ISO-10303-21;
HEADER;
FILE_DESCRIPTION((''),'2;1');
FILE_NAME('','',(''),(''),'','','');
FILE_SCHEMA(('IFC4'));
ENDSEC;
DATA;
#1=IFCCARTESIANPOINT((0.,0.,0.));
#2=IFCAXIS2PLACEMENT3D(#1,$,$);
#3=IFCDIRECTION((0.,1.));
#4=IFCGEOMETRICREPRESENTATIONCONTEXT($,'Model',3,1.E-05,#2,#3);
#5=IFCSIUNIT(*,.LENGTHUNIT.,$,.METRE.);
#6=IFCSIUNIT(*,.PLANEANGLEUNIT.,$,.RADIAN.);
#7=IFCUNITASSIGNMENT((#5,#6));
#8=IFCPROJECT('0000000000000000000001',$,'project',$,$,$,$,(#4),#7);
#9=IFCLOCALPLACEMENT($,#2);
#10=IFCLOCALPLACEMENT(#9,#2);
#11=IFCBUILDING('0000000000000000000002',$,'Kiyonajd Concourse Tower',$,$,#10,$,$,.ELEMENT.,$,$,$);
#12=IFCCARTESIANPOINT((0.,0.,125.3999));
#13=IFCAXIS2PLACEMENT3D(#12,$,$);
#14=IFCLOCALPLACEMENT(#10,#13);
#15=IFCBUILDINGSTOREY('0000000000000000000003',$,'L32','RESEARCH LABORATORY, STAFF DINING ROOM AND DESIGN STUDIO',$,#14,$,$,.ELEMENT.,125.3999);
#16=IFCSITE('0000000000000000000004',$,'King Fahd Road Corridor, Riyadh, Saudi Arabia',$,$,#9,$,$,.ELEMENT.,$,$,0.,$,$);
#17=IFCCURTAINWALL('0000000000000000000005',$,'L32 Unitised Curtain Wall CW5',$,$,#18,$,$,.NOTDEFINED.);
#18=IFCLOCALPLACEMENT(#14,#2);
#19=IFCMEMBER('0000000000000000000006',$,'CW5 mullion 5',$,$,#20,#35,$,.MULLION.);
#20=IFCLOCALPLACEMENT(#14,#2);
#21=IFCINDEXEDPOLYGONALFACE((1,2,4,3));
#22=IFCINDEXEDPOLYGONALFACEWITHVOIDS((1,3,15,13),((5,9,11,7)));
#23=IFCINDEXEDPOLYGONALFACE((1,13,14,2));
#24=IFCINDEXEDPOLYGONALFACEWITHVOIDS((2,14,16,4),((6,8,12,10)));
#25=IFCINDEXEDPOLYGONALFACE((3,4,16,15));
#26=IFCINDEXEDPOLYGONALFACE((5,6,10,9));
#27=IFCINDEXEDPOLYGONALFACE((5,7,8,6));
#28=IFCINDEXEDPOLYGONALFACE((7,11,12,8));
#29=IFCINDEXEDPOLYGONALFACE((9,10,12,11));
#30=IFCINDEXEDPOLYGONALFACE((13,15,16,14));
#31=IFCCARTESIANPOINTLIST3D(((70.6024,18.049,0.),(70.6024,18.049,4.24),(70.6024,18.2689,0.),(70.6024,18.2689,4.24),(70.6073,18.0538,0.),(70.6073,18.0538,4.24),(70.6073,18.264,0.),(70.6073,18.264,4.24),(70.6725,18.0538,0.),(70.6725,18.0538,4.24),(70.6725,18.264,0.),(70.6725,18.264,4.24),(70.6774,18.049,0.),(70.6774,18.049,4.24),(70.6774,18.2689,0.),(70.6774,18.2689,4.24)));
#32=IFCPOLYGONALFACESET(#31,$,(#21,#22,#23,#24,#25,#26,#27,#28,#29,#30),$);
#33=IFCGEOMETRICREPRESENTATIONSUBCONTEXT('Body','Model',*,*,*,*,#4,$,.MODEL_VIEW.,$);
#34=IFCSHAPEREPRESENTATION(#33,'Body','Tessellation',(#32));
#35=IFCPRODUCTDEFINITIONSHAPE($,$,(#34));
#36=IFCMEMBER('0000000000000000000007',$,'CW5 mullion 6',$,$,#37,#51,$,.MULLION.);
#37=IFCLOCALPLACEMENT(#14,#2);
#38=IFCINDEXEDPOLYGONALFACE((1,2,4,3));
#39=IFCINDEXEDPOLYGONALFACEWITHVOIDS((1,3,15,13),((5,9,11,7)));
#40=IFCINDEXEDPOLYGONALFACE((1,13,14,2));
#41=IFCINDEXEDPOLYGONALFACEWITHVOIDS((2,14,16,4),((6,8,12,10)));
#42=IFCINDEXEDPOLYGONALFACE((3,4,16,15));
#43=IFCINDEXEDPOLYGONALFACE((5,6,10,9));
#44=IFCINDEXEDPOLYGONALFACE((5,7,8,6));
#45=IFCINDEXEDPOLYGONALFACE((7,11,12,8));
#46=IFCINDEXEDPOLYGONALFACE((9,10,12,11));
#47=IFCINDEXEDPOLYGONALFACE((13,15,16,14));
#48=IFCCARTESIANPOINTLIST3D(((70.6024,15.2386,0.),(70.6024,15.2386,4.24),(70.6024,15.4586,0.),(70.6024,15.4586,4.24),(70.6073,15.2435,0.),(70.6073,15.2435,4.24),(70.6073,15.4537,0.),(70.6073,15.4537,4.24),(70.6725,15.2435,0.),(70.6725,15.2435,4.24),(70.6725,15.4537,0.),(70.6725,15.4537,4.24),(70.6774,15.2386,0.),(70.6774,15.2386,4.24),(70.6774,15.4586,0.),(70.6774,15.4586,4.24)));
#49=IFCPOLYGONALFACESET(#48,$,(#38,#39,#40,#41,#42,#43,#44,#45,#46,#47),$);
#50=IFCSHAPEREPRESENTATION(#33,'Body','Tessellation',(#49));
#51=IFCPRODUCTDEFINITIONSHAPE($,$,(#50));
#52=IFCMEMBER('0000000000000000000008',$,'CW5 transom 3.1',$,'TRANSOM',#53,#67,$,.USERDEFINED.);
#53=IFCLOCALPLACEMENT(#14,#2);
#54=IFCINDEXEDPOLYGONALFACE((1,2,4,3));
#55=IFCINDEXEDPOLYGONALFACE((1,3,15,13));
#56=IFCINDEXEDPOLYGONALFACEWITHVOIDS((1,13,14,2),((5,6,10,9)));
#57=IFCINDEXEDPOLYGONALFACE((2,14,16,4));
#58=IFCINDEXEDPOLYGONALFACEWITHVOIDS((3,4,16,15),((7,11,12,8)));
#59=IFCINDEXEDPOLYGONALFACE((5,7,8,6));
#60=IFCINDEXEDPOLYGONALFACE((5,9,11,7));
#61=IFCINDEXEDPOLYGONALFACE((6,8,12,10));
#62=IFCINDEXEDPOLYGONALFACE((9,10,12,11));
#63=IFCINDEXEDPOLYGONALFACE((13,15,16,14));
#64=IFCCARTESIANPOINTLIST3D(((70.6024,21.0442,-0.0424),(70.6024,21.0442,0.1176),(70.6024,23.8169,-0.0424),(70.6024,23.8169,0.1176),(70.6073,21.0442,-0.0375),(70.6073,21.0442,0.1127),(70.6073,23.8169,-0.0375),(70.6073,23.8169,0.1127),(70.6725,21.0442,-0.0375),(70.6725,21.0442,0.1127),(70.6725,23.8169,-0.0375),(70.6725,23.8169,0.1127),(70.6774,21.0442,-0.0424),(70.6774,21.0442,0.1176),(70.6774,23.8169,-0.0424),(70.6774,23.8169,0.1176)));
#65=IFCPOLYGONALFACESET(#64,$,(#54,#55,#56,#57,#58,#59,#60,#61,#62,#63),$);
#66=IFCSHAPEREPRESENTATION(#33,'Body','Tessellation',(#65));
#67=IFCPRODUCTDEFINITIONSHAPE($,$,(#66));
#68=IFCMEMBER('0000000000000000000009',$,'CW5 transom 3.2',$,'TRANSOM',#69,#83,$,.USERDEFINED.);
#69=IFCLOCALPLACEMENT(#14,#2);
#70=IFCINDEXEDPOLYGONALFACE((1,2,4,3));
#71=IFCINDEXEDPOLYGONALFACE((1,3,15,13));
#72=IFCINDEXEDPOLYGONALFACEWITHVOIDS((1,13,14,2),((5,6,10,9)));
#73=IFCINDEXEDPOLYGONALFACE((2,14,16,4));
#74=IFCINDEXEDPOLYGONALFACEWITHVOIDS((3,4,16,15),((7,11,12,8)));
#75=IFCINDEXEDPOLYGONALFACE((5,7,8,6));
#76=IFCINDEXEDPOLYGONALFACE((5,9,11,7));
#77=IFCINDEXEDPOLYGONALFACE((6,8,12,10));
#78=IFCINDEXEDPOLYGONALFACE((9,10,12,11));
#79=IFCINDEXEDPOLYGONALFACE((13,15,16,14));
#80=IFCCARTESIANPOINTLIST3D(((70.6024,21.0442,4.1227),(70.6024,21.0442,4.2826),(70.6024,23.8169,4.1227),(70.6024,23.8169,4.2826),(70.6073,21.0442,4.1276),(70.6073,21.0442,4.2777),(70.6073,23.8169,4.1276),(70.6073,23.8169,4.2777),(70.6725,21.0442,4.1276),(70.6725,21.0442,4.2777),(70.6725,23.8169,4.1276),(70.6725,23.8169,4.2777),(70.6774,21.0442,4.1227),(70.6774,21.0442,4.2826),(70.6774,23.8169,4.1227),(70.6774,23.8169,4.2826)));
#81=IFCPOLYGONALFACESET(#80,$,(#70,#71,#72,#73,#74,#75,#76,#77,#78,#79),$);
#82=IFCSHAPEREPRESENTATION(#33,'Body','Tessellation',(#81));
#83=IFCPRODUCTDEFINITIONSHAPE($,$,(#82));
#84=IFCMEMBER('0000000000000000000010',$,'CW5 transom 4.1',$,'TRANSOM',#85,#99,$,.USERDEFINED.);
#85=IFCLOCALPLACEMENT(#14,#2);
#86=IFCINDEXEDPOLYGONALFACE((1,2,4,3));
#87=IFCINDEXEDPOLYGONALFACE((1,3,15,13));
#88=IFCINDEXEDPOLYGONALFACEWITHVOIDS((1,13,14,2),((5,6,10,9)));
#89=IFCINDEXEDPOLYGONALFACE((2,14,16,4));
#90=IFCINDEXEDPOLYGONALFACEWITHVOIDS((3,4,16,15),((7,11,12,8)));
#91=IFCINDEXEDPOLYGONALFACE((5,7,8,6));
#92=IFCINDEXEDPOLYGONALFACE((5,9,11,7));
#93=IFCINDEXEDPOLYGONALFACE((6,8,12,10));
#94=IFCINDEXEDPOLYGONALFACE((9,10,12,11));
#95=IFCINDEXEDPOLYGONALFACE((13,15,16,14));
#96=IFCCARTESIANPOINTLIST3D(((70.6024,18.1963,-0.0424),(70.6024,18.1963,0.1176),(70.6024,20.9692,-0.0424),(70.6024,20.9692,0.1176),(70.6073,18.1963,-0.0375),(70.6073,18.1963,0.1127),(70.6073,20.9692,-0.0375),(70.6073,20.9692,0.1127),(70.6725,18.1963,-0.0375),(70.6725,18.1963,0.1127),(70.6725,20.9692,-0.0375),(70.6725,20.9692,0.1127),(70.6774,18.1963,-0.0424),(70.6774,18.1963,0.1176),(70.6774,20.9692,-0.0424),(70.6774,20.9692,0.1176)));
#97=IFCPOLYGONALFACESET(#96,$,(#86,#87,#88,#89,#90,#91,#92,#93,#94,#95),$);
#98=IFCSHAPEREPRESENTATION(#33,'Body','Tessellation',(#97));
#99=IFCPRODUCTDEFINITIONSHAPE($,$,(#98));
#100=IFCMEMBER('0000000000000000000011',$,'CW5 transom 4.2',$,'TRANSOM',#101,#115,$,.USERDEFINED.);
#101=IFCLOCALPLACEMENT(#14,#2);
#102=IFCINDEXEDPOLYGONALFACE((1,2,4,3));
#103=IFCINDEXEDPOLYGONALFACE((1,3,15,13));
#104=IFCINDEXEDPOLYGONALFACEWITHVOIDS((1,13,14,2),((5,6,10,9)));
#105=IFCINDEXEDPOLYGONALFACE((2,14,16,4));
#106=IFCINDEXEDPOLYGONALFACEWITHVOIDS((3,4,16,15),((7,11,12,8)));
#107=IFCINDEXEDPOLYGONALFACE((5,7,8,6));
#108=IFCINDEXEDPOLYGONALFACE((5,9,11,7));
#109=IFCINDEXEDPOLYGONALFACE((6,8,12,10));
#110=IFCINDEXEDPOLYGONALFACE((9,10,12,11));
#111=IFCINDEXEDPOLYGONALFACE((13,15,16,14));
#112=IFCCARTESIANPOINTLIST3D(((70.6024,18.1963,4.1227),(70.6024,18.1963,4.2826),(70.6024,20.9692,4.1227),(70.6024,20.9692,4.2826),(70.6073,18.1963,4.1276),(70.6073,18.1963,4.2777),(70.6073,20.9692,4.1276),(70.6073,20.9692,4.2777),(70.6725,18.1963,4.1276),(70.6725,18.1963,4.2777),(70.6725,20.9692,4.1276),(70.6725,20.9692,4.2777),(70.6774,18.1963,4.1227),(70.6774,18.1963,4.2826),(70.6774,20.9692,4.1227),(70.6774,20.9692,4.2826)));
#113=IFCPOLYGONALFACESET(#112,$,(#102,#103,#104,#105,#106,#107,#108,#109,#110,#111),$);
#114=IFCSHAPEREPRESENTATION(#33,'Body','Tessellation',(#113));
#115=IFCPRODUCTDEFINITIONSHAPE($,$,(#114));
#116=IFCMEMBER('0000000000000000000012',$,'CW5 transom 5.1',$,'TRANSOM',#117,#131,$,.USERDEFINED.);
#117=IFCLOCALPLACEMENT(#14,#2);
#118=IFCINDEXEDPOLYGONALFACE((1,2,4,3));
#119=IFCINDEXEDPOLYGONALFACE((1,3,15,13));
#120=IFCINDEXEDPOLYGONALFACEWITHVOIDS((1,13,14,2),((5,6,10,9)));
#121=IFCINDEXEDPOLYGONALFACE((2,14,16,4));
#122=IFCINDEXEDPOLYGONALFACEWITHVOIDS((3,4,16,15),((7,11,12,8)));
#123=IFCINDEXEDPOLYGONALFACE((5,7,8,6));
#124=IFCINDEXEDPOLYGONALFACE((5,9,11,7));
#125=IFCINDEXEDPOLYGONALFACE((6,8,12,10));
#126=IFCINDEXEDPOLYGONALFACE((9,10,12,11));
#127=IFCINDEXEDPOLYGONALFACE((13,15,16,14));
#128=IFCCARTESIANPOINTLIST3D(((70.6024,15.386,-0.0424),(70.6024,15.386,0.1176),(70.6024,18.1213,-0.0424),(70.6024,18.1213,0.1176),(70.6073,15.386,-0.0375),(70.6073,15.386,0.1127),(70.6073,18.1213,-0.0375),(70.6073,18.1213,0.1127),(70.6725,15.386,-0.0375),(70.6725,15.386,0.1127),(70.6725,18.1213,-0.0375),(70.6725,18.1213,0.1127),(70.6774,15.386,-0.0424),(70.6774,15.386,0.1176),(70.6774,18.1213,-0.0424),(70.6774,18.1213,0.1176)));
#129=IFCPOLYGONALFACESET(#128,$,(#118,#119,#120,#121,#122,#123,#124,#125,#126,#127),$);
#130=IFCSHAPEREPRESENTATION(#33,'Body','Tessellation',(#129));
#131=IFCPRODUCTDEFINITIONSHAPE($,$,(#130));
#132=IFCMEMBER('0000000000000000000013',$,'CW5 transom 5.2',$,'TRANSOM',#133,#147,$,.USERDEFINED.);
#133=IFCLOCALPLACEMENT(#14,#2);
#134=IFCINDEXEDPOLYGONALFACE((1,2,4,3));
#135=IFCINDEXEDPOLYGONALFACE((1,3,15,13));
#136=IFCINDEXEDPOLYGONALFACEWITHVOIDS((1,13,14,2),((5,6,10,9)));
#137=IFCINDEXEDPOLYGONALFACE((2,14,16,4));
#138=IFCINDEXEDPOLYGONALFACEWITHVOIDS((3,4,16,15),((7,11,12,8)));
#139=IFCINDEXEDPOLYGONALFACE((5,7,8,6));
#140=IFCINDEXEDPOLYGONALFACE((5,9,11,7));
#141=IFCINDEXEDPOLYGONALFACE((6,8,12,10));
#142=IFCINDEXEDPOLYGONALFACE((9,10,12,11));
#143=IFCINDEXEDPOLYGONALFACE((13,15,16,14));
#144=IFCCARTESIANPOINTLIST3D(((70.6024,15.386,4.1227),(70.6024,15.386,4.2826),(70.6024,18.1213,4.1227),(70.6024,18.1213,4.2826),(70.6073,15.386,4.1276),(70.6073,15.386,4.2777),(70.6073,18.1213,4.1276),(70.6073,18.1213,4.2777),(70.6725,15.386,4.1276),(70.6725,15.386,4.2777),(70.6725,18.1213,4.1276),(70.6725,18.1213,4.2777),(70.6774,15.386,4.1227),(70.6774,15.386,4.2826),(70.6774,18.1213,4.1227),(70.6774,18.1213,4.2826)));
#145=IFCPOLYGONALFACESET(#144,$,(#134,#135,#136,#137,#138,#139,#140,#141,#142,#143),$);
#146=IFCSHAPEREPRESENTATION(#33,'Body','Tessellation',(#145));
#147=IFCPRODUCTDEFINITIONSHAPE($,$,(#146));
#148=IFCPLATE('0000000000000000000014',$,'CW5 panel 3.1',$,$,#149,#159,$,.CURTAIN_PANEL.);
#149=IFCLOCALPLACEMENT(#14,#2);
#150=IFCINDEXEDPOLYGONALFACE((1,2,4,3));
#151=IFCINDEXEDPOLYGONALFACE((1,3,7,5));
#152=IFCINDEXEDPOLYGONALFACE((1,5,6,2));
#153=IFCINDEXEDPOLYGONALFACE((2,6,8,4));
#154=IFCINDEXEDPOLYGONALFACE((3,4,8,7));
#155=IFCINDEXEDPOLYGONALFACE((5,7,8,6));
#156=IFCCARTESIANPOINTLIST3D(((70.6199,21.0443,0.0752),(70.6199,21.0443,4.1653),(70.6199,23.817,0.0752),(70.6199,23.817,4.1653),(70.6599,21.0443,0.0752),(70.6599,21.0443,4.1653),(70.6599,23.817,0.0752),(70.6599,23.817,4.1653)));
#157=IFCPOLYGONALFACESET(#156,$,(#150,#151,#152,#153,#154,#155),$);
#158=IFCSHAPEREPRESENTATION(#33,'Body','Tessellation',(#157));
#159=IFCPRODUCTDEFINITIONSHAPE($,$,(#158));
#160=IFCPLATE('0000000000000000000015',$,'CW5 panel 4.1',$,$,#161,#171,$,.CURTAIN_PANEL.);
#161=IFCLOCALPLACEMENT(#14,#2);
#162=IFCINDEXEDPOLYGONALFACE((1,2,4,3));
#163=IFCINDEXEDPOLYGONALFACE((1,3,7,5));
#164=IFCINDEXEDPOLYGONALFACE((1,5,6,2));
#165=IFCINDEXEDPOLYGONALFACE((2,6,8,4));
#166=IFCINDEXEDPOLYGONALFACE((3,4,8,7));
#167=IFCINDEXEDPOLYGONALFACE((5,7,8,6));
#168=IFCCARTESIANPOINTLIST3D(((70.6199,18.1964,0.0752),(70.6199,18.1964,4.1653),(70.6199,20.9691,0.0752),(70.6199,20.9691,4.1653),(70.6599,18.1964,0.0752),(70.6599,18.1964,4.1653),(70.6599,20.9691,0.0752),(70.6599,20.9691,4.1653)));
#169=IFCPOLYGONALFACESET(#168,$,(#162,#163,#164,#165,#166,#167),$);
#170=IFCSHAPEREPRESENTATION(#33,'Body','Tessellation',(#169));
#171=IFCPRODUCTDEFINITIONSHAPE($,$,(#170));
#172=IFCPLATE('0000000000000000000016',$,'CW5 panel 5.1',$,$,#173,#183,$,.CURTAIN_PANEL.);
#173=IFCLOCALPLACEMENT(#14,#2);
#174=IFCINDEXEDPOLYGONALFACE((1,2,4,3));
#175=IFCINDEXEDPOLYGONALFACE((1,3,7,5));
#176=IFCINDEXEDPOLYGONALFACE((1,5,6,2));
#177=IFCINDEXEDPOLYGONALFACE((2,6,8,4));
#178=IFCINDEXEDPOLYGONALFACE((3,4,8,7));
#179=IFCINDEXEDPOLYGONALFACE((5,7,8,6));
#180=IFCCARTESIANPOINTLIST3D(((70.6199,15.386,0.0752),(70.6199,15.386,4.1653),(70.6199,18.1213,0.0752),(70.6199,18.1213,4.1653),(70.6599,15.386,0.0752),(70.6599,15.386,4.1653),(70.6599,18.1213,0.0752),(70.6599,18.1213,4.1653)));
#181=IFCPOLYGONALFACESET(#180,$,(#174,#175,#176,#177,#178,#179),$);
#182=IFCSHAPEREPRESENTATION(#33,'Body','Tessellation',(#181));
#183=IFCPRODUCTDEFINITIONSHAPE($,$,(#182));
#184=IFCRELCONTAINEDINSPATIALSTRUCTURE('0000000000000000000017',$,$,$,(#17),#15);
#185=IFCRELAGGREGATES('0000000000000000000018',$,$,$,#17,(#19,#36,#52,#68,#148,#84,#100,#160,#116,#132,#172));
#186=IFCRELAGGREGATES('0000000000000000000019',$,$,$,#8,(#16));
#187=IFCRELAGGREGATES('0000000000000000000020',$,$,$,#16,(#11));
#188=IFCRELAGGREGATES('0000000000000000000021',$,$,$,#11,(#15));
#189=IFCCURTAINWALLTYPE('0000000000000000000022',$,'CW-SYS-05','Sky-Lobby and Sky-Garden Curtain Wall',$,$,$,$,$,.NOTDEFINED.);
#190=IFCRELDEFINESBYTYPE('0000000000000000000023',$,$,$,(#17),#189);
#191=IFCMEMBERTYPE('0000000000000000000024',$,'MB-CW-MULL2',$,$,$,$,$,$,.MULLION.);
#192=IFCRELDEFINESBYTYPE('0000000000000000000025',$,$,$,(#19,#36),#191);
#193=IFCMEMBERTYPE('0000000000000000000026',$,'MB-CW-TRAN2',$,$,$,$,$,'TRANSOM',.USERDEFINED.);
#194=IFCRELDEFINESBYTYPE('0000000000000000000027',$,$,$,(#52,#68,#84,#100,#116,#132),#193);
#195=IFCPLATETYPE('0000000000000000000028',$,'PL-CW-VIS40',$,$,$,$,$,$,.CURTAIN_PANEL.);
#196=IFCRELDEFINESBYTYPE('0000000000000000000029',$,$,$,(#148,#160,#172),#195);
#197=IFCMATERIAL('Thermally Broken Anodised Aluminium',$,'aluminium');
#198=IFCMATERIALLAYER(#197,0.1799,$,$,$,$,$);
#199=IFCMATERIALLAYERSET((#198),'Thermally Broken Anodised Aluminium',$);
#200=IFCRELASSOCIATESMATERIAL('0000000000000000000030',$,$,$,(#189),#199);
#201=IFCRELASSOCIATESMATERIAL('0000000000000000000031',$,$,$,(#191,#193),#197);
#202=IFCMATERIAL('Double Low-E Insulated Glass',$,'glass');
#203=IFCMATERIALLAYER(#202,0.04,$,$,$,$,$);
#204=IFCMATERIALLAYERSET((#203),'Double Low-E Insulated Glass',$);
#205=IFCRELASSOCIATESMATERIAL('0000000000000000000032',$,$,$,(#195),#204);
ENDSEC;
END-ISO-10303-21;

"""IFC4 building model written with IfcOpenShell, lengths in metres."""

from ifc_helpers import new_model, si_unit, direction, frame, origin, origin_2d, place, context, subcontext, project, spatial, rectangle, hollow_rectangle, extrude, material, layer, layer_set, material_profile, profile_set, type_object, element, aggregate, save


model = new_model("IFC4")

# Units and contexts
model_context = context("Model", 3, precision=1e-05, world=origin(), true_north=direction((0.0, 1.0)))
body_context = subcontext(model_context, "Body", "Model", "MODEL_VIEW")
ifc_project = project(units=[si_unit("LENGTHUNIT", "METRE"), si_unit("PLANEANGLEUNIT", "RADIAN")], contexts=[model_context])

# Site, building, storey
site_placement = place(None, origin())
site = spatial("IfcSite", under=ifc_project, at=site_placement, Name="King Fahd Road Corridor, Riyadh, Saudi Arabia", CompositionType="ELEMENT", RefElevation=0.0)
building_placement = place(site_placement, origin())
building = spatial("IfcBuilding", under=site, at=building_placement, Name="Kiyonajd Concourse Tower", CompositionType="ELEMENT")
storey_placement = place(building_placement, frame((0.0, 0.0, 125.3999)))
storey = spatial("IfcBuildingStorey", under=building, at=storey_placement, Name="L32", Description="RESEARCH LABORATORY, STAFF DINING ROOM AND DESIGN STUDIO", CompositionType="ELEMENT", Elevation=125.3999)

# Curtain wall, members, plates
ifc_material_1 = material(Name="Thermally Broken Anodised Aluminium", Category="aluminium")
ifc_layer_1 = layer(ifc_material_1, 0.1799)
ifc_layer_set_1 = layer_set([ifc_layer_1], Name="Thermally Broken Anodised Aluminium")
curtain_wall_type = type_object("IfcCurtainWallType", Name="CW-SYS-05", Description="Sky-Lobby and Sky-Garden Curtain Wall", PredefinedType="NOTDEFINED", material=ifc_layer_set_1)
curtain_wall_placement = place(storey_placement, origin())
curtain_wall = element("IfcCurtainWall", 1, at=curtain_wall_placement, inside=storey, type_object=curtain_wall_type, Name="L32 Unitised Curtain Wall CW5", PredefinedType="NOTDEFINED")
ifc_material_profile_1 = material_profile(ifc_material_1, hollow_rectangle(XDim=0.075, YDim=0.22, WallThickness=0.0049, at=origin_2d()), Name="MULL-75x220")
ifc_profile_set_1 = profile_set([ifc_material_profile_1], Name="Thermally Broken Anodised Aluminium")
member_type_1 = type_object("IfcMemberType", Name="MB-CW-MULL2", PredefinedType="MULLION", material=ifc_profile_set_1)
member_1_placement = place(storey_placement, frame((70.6399, 18.1589, 0.0), z_axis=(0.0, 0.0, 1.0), x_axis=(1.0, 0.0, 0.0)))
member_1 = element("IfcMember", 2, at=member_1_placement, type_object=member_type_1, Name="CW5 mullion 5", PredefinedType="MULLION", context=body_context, shape_type="SweptSolid", body=[
    extrude(hollow_rectangle(XDim=0.075, YDim=0.22, WallThickness=0.0049, at=origin_2d()), origin(), (0.0, 0.0, 1.0), 4.24),
])
member_2_placement = place(storey_placement, frame((70.6399, 15.3486, 0.0), z_axis=(0.0, 0.0, 1.0), x_axis=(1.0, 0.0, 0.0)))
member_2 = element("IfcMember", 3, at=member_2_placement, type_object=member_type_1, Name="CW5 mullion 6", PredefinedType="MULLION", context=body_context, shape_type="SweptSolid", body=[
    extrude(hollow_rectangle(XDim=0.075, YDim=0.22, WallThickness=0.0049, at=origin_2d()), origin(), (0.0, 0.0, 1.0), 4.24),
])
ifc_material_profile_2 = material_profile(ifc_material_1, hollow_rectangle(XDim=0.075, YDim=0.1599, WallThickness=0.0049, at=origin_2d()), Name="TRAN-75x160")
ifc_profile_set_2 = profile_set([ifc_material_profile_2], Name="Thermally Broken Anodised Aluminium")
member_type_2 = type_object("IfcMemberType", Name="MB-CW-TRAN2", ElementType="TRANSOM", PredefinedType="USERDEFINED", material=ifc_profile_set_2)
member_3_placement = place(storey_placement, frame((70.6399, 23.8169, 0.0376), z_axis=(0.0, -1.0, 0.0), x_axis=(1.0, 0.0, 0.0)))
member_3 = element("IfcMember", 4, at=member_3_placement, type_object=member_type_2, Name="CW5 transom 3.1", ObjectType="TRANSOM", PredefinedType="USERDEFINED", context=body_context, shape_type="SweptSolid", body=[
    extrude(hollow_rectangle(XDim=0.075, YDim=0.1599, WallThickness=0.0049, at=origin_2d()), origin(), (0.0, 0.0, 1.0), 2.7727),
])
member_4_placement = place(storey_placement, frame((70.6399, 23.8169, 4.2026), z_axis=(0.0, -1.0, 0.0), x_axis=(1.0, 0.0, 0.0)))
member_4 = element("IfcMember", 5, at=member_4_placement, type_object=member_type_2, Name="CW5 transom 3.2", ObjectType="TRANSOM", PredefinedType="USERDEFINED", context=body_context, shape_type="SweptSolid", body=[
    extrude(hollow_rectangle(XDim=0.075, YDim=0.1599, WallThickness=0.0049, at=origin_2d()), origin(), (0.0, 0.0, 1.0), 2.7727),
])
member_5_placement = place(storey_placement, frame((70.6399, 20.9692, 0.0376), z_axis=(0.0, -1.0, 0.0), x_axis=(1.0, 0.0, 0.0)))
member_5 = element("IfcMember", 6, at=member_5_placement, type_object=member_type_2, Name="CW5 transom 4.1", ObjectType="TRANSOM", PredefinedType="USERDEFINED", context=body_context, shape_type="SweptSolid", body=[
    extrude(hollow_rectangle(XDim=0.075, YDim=0.1599, WallThickness=0.0049, at=origin_2d()), origin(), (0.0, 0.0, 1.0), 2.7729),
])
member_6_placement = place(storey_placement, frame((70.6399, 20.9692, 4.2026), z_axis=(0.0, -1.0, 0.0), x_axis=(1.0, 0.0, 0.0)))
member_6 = element("IfcMember", 7, at=member_6_placement, type_object=member_type_2, Name="CW5 transom 4.2", ObjectType="TRANSOM", PredefinedType="USERDEFINED", context=body_context, shape_type="SweptSolid", body=[
    extrude(hollow_rectangle(XDim=0.075, YDim=0.1599, WallThickness=0.0049, at=origin_2d()), origin(), (0.0, 0.0, 1.0), 2.7729),
])
member_7_placement = place(storey_placement, frame((70.6399, 18.1213, 0.0376), z_axis=(0.0, -1.0, 0.0), x_axis=(1.0, 0.0, 0.0)))
member_7 = element("IfcMember", 8, at=member_7_placement, type_object=member_type_2, Name="CW5 transom 5.1", ObjectType="TRANSOM", PredefinedType="USERDEFINED", context=body_context, shape_type="SweptSolid", body=[
    extrude(hollow_rectangle(XDim=0.075, YDim=0.1599, WallThickness=0.0049, at=origin_2d()), origin(), (0.0, 0.0, 1.0), 2.7354),
])
member_8_placement = place(storey_placement, frame((70.6399, 18.1213, 4.2026), z_axis=(0.0, -1.0, 0.0), x_axis=(1.0, 0.0, 0.0)))
member_8 = element("IfcMember", 9, at=member_8_placement, type_object=member_type_2, Name="CW5 transom 5.2", ObjectType="TRANSOM", PredefinedType="USERDEFINED", context=body_context, shape_type="SweptSolid", body=[
    extrude(hollow_rectangle(XDim=0.075, YDim=0.1599, WallThickness=0.0049, at=origin_2d()), origin(), (0.0, 0.0, 1.0), 2.7354),
])
ifc_material_2 = material(Name="Double Low-E Insulated Glass", Category="glass")
ifc_layer_2 = layer(ifc_material_2, 0.04)
ifc_layer_set_2 = layer_set([ifc_layer_2], Name="Double Low-E Insulated Glass")
plate_type_1 = type_object("IfcPlateType", Name="PL-CW-VIS40", PredefinedType="CURTAIN_PANEL", material=ifc_layer_set_2)
plate_1_placement = place(storey_placement, frame((70.6399, 22.4307, 0.0752), z_axis=(0.0, 0.0, 1.0), x_axis=(0.0, -1.0, 0.0)))
plate_1 = element("IfcPlate", 10, at=plate_1_placement, type_object=plate_type_1, Name="CW5 panel 3.1", PredefinedType="CURTAIN_PANEL", context=body_context, shape_type="SweptSolid", body=[
    extrude(rectangle(XDim=2.7727, YDim=0.04, at=origin_2d()), origin(), (0.0, 0.0, 1.0), 4.0901),
])
plate_2_placement = place(storey_placement, frame((70.6399, 19.5828, 0.0752), z_axis=(0.0, 0.0, 1.0), x_axis=(0.0, -1.0, 0.0)))
plate_2 = element("IfcPlate", 11, at=plate_2_placement, type_object=plate_type_1, Name="CW5 panel 4.1", PredefinedType="CURTAIN_PANEL", context=body_context, shape_type="SweptSolid", body=[
    extrude(rectangle(XDim=2.7727, YDim=0.04, at=origin_2d()), origin(), (0.0, 0.0, 1.0), 4.0901),
])
plate_3_placement = place(storey_placement, frame((70.6399, 16.7537, 0.0752), z_axis=(0.0, 0.0, 1.0), x_axis=(0.0, -1.0, 0.0)))
plate_3 = element("IfcPlate", 12, at=plate_3_placement, type_object=plate_type_1, Name="CW5 panel 5.1", PredefinedType="CURTAIN_PANEL", context=body_context, shape_type="SweptSolid", body=[
    extrude(rectangle(XDim=2.7354, YDim=0.04, at=origin_2d()), origin(), (0.0, 0.0, 1.0), 4.0901),
])
aggregate(curtain_wall, [member_1, member_2, member_3, member_4, plate_1, member_5, member_6, plate_2, member_7, member_8, plate_3])

save(model, "model.ifc")
